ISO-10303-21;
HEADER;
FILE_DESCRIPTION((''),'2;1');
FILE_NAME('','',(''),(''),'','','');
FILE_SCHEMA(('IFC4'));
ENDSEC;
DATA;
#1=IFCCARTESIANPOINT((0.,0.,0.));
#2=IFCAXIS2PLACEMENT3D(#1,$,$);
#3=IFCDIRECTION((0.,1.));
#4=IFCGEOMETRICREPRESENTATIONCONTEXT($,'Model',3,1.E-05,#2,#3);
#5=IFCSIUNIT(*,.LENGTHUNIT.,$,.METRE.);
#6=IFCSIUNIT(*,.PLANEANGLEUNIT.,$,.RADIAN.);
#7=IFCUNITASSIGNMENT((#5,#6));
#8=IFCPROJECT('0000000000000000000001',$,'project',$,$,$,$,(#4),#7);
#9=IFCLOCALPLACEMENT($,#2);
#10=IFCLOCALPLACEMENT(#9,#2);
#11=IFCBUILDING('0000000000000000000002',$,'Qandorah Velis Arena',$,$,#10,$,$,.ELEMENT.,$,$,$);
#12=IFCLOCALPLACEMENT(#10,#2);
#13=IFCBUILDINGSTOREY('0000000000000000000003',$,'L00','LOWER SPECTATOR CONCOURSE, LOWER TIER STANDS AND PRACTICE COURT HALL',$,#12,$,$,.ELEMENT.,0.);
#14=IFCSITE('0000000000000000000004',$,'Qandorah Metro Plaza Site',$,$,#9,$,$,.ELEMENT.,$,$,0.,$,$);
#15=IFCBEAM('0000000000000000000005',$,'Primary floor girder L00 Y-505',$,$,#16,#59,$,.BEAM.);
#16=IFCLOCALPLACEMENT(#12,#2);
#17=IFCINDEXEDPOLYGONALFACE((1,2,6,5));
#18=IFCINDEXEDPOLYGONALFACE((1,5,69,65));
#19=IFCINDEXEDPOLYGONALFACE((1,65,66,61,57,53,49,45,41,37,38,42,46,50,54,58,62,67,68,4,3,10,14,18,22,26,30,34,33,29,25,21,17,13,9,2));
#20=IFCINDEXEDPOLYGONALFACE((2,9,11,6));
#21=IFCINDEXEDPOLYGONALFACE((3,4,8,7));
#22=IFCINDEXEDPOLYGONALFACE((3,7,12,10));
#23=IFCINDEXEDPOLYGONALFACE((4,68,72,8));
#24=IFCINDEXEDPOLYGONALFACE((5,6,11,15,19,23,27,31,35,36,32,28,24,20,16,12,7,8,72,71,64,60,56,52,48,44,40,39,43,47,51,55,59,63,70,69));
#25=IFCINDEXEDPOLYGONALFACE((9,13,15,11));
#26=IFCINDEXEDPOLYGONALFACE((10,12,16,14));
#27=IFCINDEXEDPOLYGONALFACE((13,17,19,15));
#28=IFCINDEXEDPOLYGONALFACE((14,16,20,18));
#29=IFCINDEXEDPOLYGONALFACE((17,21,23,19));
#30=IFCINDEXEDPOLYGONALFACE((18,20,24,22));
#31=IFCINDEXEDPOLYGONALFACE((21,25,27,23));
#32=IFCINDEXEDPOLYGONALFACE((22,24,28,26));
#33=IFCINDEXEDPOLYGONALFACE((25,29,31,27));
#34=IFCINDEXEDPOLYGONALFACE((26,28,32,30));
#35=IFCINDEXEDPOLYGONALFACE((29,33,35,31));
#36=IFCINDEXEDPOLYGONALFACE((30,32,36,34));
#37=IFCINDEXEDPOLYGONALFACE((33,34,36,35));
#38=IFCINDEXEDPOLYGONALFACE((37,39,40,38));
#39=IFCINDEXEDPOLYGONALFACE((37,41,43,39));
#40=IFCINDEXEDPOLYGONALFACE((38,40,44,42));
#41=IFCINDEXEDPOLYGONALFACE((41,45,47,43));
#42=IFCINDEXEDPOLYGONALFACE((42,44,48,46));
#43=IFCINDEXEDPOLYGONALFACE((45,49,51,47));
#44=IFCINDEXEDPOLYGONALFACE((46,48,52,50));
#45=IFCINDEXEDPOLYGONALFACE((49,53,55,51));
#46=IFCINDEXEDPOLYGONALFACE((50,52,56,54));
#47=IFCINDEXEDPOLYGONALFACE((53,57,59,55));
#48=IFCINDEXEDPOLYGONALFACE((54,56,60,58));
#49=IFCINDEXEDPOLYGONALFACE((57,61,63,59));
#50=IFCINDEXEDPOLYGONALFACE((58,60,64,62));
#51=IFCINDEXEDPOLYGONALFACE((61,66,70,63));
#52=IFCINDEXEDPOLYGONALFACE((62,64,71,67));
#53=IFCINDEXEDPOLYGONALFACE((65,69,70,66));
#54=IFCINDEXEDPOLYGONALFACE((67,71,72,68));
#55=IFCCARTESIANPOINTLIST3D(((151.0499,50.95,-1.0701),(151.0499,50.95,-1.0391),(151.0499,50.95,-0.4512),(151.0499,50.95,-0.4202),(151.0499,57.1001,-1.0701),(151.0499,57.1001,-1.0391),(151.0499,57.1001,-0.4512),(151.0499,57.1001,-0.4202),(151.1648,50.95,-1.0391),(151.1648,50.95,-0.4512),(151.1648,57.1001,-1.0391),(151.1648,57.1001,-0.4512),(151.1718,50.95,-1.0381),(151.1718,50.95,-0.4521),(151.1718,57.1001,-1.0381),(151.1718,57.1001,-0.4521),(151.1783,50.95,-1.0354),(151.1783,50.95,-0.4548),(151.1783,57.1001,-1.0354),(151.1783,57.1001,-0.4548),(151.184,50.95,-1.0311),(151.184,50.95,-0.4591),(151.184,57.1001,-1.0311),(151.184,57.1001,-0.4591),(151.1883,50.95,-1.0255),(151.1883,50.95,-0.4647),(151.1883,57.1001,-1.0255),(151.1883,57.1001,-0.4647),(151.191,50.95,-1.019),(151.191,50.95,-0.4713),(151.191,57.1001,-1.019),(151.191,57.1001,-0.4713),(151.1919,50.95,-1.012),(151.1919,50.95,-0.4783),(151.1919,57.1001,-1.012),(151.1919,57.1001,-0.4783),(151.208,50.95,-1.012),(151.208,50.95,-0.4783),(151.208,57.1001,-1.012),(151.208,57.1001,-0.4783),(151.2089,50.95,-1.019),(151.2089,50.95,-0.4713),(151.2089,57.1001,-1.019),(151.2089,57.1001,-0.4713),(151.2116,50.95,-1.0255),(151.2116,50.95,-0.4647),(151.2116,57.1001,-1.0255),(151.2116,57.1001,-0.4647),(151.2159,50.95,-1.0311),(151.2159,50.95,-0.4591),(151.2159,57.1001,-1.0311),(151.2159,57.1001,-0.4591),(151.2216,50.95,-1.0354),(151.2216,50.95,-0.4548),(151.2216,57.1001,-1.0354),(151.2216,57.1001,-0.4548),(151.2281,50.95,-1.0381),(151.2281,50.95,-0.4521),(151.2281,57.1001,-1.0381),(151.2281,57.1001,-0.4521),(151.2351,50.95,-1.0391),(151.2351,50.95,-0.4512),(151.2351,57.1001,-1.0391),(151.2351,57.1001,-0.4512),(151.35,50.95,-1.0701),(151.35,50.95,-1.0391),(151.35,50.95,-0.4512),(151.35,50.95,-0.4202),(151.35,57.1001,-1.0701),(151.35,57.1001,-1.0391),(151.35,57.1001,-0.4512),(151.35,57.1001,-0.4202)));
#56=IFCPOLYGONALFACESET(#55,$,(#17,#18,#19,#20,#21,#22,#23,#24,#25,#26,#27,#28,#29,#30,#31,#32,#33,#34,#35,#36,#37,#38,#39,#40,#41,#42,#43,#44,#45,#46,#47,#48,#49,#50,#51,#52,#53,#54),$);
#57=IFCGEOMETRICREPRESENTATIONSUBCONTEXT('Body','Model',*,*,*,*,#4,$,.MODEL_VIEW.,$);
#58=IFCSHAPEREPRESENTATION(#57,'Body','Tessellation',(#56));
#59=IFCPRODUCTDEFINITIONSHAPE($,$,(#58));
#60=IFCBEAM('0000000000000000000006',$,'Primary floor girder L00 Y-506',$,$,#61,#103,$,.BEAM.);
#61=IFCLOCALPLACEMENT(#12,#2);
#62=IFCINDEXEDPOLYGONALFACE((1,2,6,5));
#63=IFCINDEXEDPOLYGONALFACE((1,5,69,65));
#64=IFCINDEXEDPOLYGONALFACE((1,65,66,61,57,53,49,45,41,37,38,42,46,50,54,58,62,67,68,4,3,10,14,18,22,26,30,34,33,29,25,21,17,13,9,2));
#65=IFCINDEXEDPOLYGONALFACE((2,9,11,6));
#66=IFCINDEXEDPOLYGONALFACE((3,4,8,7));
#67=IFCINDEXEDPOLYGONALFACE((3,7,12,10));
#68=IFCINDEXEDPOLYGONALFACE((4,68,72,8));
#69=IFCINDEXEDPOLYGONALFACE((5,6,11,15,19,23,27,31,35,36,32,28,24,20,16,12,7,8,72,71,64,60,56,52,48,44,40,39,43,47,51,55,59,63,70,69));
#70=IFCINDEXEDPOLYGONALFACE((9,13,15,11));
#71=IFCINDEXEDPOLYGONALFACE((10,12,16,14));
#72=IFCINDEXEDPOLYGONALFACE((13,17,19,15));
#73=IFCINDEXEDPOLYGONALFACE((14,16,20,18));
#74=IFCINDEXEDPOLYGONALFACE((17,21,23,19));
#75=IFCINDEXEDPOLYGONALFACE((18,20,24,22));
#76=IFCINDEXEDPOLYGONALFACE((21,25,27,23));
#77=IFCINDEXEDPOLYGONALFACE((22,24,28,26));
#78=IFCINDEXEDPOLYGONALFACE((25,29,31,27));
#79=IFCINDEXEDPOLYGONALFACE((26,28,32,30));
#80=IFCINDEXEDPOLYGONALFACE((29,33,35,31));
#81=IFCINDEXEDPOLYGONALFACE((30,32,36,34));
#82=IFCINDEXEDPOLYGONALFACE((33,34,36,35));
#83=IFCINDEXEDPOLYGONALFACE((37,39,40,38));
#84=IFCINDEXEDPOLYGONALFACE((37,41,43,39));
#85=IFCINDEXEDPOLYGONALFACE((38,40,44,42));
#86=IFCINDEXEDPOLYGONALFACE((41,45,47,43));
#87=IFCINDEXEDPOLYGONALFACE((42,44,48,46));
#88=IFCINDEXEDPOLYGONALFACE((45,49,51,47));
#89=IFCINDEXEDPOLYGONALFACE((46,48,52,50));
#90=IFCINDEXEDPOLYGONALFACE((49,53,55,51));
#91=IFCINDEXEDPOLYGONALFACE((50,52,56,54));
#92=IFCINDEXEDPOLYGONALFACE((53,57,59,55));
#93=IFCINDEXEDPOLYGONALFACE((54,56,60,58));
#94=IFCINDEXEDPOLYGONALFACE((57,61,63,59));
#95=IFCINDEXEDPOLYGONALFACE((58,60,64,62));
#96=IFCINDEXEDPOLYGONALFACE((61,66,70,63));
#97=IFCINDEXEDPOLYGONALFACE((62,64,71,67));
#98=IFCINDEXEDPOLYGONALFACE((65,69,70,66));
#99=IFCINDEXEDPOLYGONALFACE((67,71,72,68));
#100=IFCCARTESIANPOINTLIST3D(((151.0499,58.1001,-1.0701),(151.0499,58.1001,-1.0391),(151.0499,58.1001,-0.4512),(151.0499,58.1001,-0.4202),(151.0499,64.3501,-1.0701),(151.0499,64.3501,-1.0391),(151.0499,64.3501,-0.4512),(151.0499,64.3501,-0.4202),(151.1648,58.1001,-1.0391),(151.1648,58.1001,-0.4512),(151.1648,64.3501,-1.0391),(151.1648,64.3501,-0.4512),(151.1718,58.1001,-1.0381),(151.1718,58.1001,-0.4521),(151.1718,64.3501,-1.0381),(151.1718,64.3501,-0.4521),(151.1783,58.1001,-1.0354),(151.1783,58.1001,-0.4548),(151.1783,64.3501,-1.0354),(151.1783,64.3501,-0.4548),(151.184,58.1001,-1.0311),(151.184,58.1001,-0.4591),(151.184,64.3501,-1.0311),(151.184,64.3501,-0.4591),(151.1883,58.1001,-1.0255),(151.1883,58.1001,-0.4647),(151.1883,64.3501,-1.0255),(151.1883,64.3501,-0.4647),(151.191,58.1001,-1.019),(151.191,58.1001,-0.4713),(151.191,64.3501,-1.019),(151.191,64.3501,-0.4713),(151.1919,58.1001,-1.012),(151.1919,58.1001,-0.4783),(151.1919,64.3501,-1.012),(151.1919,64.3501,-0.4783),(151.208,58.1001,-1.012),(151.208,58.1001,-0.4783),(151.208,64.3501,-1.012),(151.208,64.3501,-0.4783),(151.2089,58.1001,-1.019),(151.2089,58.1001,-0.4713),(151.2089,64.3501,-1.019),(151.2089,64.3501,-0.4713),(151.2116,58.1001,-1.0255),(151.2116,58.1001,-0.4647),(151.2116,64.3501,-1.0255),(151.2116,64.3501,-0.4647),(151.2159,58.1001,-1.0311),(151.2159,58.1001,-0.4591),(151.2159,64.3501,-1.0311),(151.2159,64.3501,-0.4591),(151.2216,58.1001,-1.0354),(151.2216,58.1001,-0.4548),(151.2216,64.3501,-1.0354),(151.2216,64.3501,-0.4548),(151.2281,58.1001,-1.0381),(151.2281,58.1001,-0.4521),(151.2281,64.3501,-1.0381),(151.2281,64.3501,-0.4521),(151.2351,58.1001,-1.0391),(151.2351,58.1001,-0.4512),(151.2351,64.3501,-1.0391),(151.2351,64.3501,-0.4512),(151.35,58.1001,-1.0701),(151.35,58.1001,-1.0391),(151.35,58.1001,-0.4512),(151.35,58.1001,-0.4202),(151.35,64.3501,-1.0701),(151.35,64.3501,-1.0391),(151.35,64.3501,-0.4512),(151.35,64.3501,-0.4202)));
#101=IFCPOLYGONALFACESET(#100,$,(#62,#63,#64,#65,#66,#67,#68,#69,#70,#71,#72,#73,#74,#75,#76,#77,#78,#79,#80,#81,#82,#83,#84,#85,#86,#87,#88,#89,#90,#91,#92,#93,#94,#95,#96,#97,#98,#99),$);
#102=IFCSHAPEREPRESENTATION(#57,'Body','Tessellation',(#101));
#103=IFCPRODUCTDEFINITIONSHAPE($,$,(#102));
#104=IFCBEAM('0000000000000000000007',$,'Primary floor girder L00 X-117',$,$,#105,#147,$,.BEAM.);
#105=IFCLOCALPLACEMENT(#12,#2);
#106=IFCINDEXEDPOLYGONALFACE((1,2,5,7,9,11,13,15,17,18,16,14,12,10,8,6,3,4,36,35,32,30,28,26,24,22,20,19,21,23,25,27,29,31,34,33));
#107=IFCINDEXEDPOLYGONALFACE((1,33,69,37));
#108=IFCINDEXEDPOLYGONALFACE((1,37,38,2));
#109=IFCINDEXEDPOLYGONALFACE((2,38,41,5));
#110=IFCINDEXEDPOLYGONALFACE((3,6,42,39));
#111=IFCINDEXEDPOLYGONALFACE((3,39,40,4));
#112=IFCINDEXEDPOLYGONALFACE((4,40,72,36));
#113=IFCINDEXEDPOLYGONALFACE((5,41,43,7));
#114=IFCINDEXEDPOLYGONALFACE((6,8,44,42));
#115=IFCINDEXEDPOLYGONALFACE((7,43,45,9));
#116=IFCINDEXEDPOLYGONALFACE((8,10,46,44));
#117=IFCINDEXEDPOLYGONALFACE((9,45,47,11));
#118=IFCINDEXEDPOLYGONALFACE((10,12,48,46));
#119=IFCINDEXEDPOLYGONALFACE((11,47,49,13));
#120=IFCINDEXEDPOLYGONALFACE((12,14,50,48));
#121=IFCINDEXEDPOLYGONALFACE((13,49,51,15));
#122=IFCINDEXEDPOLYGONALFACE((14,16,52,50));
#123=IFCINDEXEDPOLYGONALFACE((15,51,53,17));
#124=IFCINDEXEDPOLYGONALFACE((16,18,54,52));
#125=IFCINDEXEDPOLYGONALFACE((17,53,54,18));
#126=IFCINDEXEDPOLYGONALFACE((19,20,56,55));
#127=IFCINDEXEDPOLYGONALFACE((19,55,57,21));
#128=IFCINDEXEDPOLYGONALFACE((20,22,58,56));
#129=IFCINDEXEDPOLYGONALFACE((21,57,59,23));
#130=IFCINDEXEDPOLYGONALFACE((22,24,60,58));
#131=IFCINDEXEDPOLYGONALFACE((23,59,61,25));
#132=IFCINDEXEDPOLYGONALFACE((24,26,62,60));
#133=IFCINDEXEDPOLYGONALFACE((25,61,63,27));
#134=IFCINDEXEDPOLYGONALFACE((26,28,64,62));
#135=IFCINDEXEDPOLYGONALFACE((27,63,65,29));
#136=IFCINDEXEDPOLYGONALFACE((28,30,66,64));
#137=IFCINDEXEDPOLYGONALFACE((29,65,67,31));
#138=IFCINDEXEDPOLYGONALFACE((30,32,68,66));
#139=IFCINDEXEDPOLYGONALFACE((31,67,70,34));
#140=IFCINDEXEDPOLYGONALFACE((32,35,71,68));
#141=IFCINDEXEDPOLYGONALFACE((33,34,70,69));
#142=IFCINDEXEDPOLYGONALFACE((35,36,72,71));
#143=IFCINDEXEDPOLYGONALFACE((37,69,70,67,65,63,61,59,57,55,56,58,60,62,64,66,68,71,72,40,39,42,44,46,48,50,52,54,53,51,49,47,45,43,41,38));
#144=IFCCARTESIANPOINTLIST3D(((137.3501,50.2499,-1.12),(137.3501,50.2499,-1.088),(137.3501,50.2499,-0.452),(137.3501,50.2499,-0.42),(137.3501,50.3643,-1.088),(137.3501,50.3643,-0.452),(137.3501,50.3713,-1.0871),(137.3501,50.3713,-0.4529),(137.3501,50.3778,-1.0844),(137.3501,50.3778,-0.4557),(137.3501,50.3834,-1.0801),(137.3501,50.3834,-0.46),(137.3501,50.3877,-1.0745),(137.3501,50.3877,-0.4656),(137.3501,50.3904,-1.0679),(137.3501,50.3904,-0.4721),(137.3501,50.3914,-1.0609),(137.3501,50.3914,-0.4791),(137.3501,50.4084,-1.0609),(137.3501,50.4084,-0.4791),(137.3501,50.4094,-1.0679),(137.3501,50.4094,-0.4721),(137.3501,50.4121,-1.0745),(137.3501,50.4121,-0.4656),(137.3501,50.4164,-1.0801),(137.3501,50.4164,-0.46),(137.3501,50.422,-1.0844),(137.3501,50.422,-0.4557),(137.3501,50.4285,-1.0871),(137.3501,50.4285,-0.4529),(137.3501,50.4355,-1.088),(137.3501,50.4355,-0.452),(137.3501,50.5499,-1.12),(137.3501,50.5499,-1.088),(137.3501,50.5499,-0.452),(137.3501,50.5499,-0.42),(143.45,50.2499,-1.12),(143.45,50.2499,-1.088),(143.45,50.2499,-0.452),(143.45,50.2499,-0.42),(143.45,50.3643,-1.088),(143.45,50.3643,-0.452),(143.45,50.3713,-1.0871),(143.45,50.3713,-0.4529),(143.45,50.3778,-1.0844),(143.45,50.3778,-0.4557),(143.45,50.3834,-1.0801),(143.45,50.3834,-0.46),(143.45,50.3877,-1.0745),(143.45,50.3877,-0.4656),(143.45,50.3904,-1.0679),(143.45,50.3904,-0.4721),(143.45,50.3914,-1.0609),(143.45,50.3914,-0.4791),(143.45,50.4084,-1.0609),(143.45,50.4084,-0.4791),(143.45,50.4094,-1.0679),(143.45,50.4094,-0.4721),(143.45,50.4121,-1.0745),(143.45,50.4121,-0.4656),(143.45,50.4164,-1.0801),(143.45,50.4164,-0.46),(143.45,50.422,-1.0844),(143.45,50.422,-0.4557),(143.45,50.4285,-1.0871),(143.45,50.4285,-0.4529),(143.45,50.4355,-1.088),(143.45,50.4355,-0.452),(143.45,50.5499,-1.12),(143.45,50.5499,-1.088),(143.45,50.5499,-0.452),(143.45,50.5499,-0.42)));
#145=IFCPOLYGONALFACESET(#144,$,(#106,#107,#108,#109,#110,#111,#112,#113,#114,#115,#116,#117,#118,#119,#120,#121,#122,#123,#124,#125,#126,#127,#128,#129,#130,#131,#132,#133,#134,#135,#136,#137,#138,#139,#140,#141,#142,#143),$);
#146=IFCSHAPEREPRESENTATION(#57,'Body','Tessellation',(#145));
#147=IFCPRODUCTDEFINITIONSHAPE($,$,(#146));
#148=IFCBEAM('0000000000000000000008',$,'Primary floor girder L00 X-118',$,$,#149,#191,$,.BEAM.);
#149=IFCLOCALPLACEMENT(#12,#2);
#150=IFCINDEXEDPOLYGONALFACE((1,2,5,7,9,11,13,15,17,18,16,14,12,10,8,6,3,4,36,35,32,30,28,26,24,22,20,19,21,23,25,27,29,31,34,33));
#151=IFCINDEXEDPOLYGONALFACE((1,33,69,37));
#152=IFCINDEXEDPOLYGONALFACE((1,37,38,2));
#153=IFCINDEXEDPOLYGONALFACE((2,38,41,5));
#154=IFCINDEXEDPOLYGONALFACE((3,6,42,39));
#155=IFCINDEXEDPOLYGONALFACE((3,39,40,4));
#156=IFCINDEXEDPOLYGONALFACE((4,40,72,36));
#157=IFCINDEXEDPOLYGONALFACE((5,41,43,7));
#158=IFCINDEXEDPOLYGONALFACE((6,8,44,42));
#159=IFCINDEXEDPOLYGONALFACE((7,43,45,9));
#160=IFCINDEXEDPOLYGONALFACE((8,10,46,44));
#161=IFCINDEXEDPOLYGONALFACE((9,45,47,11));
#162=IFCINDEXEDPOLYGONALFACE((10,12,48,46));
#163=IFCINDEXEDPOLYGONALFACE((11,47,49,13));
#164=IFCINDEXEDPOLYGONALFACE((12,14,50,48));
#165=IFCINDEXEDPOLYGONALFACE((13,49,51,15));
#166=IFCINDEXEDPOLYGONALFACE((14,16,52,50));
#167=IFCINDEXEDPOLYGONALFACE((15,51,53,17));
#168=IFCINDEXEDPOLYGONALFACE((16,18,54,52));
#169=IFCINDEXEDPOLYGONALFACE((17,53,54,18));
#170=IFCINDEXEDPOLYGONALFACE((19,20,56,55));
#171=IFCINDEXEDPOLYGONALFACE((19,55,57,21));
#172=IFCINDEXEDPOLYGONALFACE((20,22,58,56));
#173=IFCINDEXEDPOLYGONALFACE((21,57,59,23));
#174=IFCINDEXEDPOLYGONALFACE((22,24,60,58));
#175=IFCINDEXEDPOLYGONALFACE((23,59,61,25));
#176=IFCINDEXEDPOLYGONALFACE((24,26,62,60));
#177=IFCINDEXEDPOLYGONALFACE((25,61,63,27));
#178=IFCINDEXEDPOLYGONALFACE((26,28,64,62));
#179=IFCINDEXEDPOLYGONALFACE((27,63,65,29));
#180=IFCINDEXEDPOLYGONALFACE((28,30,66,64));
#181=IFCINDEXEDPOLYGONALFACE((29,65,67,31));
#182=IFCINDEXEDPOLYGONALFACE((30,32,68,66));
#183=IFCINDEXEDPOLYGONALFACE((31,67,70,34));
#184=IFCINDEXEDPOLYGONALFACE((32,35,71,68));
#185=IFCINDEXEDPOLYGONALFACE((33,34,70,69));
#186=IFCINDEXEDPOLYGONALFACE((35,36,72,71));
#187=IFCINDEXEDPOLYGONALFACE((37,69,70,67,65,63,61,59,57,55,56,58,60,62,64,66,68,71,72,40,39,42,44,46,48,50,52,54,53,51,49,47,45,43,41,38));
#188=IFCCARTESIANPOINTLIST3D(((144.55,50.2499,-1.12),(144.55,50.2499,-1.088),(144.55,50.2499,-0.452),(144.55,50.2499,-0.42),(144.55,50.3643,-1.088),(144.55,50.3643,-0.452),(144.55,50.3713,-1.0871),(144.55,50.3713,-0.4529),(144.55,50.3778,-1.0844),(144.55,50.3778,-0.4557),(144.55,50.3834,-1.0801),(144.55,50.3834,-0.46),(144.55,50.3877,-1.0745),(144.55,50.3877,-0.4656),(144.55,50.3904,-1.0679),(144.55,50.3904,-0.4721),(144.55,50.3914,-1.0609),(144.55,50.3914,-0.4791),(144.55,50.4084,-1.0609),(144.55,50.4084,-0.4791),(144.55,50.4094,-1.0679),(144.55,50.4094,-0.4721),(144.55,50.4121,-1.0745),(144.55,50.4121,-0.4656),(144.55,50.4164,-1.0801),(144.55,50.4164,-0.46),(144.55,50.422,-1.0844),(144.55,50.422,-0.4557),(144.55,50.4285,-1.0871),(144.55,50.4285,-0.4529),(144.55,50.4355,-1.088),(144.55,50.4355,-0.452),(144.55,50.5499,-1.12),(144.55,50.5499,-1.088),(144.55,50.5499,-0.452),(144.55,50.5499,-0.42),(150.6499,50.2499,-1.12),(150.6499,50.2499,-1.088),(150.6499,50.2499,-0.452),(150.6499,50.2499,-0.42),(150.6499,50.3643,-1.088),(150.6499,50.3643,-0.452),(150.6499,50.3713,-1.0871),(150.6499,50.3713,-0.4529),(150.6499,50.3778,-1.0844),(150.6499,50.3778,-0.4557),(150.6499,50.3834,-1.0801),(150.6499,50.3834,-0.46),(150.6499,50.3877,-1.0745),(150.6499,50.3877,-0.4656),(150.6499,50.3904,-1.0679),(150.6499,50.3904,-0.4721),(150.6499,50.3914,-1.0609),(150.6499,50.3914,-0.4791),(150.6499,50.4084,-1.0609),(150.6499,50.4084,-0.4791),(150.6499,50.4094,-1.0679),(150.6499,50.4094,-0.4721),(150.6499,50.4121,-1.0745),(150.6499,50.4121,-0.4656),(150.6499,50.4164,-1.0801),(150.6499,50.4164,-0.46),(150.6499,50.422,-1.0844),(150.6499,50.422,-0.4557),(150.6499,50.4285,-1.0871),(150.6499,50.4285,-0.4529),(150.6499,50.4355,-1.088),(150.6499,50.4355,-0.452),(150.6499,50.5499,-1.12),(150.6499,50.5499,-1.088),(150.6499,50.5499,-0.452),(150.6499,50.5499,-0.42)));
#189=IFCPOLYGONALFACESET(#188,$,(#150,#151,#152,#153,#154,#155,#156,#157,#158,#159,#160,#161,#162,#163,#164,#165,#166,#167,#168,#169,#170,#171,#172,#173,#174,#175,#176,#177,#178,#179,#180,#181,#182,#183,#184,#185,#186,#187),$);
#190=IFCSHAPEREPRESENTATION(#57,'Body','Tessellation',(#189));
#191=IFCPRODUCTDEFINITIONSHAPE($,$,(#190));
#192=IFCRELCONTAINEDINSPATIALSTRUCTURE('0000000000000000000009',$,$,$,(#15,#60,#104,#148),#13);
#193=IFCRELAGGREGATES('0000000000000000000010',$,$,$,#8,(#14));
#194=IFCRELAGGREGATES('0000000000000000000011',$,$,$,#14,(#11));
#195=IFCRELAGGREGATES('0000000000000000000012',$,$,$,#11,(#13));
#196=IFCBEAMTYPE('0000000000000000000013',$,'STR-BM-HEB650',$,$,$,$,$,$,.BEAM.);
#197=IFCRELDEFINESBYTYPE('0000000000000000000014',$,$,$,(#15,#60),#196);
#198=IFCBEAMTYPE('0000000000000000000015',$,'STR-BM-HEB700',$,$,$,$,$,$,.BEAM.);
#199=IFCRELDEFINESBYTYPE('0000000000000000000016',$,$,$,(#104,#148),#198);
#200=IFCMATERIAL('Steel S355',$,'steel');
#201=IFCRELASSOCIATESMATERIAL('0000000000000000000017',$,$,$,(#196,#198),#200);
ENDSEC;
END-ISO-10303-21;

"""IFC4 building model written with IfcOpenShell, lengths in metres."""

from ifc_helpers import new_model, si_unit, direction, frame, origin, origin_2d, place, context, subcontext, project, spatial, i_section, extrude, material, material_profile, profile_set, type_object, element, save


model = new_model("IFC4")

# Units and contexts
model_context = context("Model", 3, precision=1e-05, world=origin(), true_north=direction((0.0, 1.0)))
body_context = subcontext(model_context, "Body", "Model", "MODEL_VIEW")
ifc_project = project(units=[si_unit("LENGTHUNIT", "METRE"), si_unit("PLANEANGLEUNIT", "RADIAN")], contexts=[model_context])

# Site, building, storey
site_placement = place(None, origin())
site = spatial("IfcSite", under=ifc_project, at=site_placement, Name="Qandorah Metro Plaza Site", CompositionType="ELEMENT", RefElevation=0.0)
building_placement = place(site_placement, origin())
building = spatial("IfcBuilding", under=site, at=building_placement, Name="Qandorah Velis Arena", CompositionType="ELEMENT")
storey_placement = place(building_placement, origin())
storey = spatial("IfcBuildingStorey", under=building, at=storey_placement, Name="L00", Description="LOWER SPECTATOR CONCOURSE, LOWER TIER STANDS AND PRACTICE COURT HALL", CompositionType="ELEMENT", Elevation=0.0)

# Beams
ifc_material_1 = material(Name="Steel S355", Category="steel")
ifc_material_profile_1 = material_profile(ifc_material_1, i_section(OverallWidth=0.3, OverallDepth=0.6499, WebThickness=0.0161, FlangeThickness=0.031, FilletRadius=0.0271, at=origin_2d()), Name="HEB 650")
ifc_profile_set_1 = profile_set([ifc_material_profile_1], Name="Steel S355")
beam_type_1 = type_object("IfcBeamType", Name="STR-BM-HEB650", PredefinedType="BEAM", material=ifc_profile_set_1)
for number, where, z_axis, x_axis, name in (
    (1, (151.2, 50.95, -0.7451), (0.0, 1.0, 0.0), (-1.0, 0.0, 0.0), "Primary floor girder L00 Y-505"),
):
    element("IfcBeam", number, at=place(storey_placement, frame(where, z_axis=z_axis, x_axis=x_axis)), inside=storey, type_object=beam_type_1, Name=name, PredefinedType="BEAM", context=body_context, shape_type="SweptSolid", body=[
        extrude(i_section(OverallWidth=0.3, OverallDepth=0.6499, WebThickness=0.0161, FlangeThickness=0.031, FilletRadius=0.0271, at=origin_2d()), origin(), (0.0, 0.0, 1.0), 6.1501),
    ])
beam_1_placement = place(storey_placement, frame((151.2, 58.1001, -0.7451), z_axis=(0.0, 1.0, 0.0), x_axis=(-1.0, 0.0, 0.0)))
element("IfcBeam", 2, at=beam_1_placement, inside=storey, type_object=beam_type_1, Name="Primary floor girder L00 Y-506", PredefinedType="BEAM", context=body_context, shape_type="SweptSolid", body=[
    extrude(i_section(OverallWidth=0.3, OverallDepth=0.6499, WebThickness=0.0161, FlangeThickness=0.031, FilletRadius=0.0271, at=origin_2d()), origin(), (0.0, 0.0, 1.0), 6.25),
])
ifc_material_profile_2 = material_profile(ifc_material_1, i_section(OverallWidth=0.3, OverallDepth=0.7, WebThickness=0.0171, FlangeThickness=0.032, FilletRadius=0.0271, at=origin_2d()), Name="HEB 700")
ifc_profile_set_2 = profile_set([ifc_material_profile_2], Name="Steel S355")
beam_type_2 = type_object("IfcBeamType", Name="STR-BM-HEB700", PredefinedType="BEAM", material=ifc_profile_set_2)
for number, where, z_axis, x_axis, name in (
    (3, (137.3501, 50.3999, -0.77), (1.0, 0.0, 0.0), (0.0, 1.0, 0.0), "Primary floor girder L00 X-117"),
    (4, (144.55, 50.3999, -0.77), (1.0, 0.0, 0.0), (0.0, 1.0, 0.0), "Primary floor girder L00 X-118"),
):
    element("IfcBeam", number, at=place(storey_placement, frame(where, z_axis=z_axis, x_axis=x_axis)), inside=storey, type_object=beam_type_2, Name=name, PredefinedType="BEAM", context=body_context, shape_type="SweptSolid", body=[
        extrude(i_section(OverallWidth=0.3, OverallDepth=0.7, WebThickness=0.0171, FlangeThickness=0.032, FilletRadius=0.0271, at=origin_2d()), origin(), (0.0, 0.0, 1.0), 6.0999),
    ])

save(model, "model.ifc")
